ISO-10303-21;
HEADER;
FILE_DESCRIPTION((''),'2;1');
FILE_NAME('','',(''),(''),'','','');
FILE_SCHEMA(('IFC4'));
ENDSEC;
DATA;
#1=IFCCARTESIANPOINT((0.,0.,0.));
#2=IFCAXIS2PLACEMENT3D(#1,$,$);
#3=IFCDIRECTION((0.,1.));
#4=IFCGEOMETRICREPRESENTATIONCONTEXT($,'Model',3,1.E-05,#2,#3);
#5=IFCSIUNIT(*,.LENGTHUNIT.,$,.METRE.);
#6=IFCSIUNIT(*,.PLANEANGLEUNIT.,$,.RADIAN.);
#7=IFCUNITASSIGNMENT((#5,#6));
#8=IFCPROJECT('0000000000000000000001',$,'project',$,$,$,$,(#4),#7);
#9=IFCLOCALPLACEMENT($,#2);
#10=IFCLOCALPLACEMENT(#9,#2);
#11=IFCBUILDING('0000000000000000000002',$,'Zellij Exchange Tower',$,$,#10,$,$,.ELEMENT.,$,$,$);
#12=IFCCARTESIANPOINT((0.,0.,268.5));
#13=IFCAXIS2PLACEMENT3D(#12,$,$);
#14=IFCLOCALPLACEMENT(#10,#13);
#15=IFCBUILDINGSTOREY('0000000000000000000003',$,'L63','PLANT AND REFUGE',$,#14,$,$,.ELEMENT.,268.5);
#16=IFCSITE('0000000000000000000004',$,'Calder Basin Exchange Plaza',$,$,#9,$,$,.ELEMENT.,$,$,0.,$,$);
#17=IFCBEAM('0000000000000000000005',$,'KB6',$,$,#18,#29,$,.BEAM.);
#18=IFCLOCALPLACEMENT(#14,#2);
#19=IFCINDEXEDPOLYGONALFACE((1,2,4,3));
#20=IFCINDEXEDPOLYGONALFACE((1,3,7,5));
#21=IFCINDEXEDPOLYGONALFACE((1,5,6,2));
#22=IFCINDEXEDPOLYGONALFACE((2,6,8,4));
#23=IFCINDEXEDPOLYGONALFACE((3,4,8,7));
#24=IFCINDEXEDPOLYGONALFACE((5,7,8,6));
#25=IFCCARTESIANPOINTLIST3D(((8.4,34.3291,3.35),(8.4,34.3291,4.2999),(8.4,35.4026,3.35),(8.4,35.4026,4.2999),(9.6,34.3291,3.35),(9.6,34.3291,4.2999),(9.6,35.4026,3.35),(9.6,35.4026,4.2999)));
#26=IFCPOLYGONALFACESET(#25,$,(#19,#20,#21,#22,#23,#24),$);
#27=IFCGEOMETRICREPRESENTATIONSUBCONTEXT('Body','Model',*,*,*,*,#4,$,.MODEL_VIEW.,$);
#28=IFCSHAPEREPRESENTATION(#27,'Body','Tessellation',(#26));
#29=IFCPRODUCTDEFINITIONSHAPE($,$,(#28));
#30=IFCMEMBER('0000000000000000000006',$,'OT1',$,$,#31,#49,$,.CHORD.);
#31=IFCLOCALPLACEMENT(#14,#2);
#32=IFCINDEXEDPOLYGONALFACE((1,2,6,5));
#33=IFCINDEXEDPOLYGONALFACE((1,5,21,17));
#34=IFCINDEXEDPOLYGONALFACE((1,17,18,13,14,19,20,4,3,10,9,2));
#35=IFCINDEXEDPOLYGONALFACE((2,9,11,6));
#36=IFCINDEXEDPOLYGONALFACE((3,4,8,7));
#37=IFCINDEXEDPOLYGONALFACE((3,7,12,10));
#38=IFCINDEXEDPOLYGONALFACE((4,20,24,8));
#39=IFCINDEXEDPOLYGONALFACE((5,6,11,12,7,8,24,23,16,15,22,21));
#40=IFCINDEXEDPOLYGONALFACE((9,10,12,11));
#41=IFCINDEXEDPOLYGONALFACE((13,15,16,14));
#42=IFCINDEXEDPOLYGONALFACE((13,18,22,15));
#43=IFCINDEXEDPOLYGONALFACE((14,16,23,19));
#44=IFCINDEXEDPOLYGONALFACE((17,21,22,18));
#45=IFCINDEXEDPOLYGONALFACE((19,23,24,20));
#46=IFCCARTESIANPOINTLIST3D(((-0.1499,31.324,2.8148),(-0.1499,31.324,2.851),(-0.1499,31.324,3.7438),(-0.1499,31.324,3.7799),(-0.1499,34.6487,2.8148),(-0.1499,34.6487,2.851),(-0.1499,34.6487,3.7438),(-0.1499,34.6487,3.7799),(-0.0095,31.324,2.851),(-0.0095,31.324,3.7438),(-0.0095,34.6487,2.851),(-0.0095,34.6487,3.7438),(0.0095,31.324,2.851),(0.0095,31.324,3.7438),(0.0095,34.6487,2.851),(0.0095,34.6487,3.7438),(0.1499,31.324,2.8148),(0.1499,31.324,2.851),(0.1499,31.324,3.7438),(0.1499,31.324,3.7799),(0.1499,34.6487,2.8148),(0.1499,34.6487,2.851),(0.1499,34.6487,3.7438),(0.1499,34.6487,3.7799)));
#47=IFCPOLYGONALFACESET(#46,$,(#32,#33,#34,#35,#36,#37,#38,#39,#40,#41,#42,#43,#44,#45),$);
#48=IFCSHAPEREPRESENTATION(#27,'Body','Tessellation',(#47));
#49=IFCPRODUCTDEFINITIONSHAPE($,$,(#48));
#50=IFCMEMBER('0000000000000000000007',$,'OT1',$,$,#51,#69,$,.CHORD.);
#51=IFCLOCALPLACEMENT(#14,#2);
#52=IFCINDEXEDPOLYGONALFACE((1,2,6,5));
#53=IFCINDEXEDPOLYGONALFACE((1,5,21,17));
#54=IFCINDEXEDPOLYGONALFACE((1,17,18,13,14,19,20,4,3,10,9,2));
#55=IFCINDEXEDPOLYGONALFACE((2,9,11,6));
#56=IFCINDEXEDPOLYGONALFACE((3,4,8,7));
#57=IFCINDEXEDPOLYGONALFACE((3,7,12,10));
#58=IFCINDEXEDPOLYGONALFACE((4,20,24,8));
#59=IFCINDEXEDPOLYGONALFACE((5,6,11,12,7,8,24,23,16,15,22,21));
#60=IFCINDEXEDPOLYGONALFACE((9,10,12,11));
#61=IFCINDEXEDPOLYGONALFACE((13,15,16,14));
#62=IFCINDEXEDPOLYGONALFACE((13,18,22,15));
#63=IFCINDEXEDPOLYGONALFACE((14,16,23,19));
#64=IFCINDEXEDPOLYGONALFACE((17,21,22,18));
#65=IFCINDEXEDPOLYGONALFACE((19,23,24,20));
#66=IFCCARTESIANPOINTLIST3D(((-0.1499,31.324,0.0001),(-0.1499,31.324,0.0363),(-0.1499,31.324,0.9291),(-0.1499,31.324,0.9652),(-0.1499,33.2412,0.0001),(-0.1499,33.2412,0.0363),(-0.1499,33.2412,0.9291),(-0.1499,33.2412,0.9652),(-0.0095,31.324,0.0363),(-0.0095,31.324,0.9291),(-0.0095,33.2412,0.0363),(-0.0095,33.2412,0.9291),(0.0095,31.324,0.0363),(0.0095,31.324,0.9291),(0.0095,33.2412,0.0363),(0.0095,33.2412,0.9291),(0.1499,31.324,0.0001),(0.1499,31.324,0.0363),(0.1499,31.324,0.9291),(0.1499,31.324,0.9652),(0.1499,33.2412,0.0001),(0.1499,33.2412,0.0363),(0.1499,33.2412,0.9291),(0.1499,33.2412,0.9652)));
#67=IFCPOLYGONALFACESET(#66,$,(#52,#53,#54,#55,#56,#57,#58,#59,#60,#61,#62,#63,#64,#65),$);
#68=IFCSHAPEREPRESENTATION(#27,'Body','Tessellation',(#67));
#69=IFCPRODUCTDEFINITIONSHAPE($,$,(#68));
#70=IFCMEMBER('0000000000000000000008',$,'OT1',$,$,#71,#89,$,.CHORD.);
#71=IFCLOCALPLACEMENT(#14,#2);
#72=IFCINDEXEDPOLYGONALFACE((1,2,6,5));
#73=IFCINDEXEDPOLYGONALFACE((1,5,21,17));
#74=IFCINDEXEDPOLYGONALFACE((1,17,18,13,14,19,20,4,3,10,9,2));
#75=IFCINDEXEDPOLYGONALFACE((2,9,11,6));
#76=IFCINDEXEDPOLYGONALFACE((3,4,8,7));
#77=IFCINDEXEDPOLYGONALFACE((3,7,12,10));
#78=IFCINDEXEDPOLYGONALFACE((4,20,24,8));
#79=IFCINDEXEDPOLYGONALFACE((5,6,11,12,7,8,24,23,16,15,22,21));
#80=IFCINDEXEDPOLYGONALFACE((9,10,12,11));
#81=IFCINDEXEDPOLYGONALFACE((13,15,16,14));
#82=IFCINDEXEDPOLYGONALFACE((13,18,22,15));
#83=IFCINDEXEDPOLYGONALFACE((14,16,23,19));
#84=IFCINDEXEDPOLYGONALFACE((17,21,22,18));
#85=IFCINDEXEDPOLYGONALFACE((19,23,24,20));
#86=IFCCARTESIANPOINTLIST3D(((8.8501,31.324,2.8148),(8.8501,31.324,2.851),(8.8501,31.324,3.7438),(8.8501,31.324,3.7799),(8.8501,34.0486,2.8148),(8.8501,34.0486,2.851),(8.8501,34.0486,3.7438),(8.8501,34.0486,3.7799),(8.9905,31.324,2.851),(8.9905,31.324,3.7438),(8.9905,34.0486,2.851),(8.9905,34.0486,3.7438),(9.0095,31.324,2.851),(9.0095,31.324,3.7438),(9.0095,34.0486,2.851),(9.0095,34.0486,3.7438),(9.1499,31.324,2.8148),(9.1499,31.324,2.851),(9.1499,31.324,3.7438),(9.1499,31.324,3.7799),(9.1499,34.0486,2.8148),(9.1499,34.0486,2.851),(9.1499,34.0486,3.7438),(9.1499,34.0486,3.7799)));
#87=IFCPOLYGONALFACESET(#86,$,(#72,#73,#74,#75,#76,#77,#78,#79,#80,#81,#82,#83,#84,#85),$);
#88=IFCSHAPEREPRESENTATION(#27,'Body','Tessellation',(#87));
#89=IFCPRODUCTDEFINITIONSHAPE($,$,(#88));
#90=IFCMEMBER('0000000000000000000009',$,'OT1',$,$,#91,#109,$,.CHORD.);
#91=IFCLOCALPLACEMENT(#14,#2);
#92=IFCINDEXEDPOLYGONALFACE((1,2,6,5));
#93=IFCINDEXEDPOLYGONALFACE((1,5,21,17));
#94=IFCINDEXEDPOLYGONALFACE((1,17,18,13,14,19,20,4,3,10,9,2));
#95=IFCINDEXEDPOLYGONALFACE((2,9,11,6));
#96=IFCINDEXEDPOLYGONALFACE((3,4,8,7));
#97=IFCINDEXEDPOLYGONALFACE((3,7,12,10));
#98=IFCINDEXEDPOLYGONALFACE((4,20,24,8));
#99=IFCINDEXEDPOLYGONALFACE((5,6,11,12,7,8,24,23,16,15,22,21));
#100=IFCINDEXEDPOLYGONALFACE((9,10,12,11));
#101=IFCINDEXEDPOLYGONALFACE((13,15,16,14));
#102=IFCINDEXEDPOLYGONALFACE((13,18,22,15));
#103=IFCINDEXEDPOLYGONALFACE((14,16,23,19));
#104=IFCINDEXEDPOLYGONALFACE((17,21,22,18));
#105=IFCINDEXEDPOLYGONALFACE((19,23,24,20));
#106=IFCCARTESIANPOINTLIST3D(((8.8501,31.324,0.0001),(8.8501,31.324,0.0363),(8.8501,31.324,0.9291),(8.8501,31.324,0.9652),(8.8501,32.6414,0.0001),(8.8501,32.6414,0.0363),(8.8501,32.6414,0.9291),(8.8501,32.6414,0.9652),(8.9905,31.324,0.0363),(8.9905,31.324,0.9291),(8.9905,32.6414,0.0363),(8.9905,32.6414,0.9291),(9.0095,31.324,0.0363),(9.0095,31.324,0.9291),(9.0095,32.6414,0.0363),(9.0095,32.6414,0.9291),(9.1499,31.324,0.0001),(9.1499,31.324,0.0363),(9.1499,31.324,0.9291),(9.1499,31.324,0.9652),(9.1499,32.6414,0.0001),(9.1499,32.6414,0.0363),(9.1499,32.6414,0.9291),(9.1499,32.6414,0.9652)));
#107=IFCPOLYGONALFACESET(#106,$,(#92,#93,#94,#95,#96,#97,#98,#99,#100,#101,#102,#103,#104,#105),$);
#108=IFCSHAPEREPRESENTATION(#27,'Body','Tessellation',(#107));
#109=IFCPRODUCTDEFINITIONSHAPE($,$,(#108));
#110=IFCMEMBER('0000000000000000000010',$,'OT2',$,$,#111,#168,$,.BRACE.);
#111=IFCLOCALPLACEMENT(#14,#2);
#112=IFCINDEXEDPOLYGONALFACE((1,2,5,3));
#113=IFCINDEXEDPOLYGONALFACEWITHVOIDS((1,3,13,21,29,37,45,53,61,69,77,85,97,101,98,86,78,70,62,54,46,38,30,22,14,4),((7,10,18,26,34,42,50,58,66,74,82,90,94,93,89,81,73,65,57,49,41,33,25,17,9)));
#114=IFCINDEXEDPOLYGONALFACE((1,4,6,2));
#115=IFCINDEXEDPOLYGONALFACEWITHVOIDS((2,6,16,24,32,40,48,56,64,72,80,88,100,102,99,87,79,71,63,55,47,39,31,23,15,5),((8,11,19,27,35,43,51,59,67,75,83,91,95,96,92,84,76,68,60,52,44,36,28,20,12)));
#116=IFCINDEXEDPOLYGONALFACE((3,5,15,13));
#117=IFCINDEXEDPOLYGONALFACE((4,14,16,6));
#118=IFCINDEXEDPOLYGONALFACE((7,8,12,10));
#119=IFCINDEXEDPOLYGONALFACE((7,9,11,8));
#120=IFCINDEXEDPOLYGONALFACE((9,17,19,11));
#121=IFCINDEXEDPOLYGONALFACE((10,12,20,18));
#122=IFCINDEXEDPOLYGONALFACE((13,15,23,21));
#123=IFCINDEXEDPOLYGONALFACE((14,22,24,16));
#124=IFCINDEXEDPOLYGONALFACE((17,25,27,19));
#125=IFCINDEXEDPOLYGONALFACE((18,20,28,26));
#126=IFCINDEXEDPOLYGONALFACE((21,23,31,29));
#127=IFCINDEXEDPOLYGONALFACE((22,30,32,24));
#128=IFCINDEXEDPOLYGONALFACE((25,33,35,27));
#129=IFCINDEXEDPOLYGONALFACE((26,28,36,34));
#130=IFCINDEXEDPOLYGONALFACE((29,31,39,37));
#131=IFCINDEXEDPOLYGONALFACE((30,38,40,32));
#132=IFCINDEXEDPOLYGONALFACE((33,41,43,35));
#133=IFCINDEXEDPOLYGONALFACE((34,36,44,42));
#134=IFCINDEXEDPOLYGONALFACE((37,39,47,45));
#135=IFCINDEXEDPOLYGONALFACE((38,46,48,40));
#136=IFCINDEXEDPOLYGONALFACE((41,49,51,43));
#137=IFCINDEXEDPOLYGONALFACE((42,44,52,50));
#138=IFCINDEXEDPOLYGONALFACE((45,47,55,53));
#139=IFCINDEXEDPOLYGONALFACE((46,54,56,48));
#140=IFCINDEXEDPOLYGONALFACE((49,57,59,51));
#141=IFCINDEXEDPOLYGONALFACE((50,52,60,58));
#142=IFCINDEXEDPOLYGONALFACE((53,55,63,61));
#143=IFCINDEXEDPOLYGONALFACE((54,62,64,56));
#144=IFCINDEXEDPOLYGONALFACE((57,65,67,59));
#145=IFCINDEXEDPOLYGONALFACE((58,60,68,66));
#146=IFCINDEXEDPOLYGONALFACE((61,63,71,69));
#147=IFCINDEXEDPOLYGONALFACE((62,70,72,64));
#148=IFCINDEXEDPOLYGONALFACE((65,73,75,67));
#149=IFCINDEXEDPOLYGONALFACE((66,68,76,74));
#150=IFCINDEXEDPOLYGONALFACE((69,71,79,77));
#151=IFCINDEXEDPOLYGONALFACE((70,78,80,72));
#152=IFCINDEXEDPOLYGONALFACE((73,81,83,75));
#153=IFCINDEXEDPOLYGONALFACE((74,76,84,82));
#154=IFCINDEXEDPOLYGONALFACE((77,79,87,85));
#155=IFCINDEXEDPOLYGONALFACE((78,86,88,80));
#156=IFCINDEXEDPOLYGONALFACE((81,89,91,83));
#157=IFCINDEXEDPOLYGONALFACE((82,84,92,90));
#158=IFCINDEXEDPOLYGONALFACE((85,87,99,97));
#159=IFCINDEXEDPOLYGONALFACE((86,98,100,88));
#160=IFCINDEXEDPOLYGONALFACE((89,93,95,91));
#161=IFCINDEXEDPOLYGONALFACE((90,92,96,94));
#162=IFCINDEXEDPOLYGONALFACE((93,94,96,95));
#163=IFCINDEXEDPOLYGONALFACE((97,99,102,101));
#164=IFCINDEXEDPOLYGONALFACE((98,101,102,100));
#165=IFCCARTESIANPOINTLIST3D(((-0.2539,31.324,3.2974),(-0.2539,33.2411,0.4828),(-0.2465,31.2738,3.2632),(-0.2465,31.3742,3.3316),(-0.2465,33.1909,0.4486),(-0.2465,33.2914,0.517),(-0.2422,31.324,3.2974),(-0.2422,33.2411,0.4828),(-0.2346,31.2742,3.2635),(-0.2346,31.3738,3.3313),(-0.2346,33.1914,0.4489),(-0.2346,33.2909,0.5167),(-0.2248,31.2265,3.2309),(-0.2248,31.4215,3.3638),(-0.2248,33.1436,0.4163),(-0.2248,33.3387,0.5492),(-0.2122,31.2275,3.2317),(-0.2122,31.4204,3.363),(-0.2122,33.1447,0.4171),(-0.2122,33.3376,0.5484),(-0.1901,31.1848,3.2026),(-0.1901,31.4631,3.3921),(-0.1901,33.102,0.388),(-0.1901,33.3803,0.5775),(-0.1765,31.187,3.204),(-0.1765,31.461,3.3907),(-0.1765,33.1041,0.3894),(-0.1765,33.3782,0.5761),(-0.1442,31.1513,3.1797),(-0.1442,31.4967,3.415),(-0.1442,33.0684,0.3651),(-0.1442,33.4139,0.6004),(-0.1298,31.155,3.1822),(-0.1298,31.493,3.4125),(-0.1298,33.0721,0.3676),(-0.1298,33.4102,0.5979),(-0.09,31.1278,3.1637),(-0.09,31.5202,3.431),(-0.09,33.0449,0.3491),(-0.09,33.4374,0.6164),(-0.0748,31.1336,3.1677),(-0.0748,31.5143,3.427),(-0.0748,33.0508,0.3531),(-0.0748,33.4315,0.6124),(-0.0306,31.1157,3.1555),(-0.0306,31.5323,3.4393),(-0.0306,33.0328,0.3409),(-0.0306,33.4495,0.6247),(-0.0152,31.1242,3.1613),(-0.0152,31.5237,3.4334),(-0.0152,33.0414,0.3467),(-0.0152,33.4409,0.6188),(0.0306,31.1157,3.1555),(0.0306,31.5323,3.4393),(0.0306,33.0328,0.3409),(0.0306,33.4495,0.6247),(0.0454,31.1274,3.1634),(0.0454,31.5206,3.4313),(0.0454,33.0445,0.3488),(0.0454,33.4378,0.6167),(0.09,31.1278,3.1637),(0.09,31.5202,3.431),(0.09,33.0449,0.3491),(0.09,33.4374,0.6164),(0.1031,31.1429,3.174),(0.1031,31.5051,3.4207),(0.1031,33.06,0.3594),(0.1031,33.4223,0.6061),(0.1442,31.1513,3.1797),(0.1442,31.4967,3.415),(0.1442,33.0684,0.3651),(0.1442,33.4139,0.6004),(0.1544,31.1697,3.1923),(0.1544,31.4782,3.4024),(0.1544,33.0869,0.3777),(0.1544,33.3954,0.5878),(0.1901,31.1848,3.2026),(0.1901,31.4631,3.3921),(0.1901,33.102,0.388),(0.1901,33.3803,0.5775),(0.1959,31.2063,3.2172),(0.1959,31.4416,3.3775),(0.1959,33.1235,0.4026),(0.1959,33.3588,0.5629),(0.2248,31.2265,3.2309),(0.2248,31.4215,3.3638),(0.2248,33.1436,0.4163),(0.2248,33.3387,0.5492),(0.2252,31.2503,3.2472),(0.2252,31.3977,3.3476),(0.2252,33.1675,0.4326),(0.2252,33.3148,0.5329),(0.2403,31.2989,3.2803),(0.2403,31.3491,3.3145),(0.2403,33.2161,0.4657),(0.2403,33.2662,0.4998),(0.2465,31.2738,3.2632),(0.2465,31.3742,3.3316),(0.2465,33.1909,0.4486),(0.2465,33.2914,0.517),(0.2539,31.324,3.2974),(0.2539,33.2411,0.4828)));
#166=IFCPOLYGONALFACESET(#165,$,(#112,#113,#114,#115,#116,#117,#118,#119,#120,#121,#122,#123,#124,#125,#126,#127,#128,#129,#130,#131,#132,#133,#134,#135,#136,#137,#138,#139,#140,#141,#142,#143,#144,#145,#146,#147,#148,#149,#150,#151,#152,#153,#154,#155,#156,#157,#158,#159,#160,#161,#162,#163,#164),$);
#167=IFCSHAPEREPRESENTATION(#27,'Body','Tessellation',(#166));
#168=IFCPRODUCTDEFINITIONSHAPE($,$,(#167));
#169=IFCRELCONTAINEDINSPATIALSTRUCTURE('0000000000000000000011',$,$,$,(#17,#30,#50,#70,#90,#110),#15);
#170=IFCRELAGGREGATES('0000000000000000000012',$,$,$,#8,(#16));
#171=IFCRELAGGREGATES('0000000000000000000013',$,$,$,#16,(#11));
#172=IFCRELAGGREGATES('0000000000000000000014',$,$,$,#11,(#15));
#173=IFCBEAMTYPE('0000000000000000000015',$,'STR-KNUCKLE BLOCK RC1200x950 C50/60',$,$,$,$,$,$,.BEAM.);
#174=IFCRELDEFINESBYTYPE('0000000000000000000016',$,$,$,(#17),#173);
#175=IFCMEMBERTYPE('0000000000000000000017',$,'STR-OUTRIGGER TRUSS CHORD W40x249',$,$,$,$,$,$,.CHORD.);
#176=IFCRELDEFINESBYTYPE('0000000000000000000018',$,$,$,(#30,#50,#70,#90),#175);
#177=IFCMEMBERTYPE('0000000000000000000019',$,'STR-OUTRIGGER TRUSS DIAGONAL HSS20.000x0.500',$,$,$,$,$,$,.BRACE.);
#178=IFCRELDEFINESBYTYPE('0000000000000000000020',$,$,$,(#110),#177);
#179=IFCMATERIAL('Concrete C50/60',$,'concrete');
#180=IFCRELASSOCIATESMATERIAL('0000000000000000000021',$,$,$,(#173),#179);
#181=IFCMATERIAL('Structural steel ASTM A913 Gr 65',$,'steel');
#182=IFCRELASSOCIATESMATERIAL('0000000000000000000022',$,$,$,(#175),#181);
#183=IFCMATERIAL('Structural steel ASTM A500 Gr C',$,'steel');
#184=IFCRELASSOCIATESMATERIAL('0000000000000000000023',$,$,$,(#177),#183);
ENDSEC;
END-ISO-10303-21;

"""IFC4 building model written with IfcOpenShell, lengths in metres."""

from ifc_helpers import new_model, si_unit, direction, frame, origin, origin_2d, place, context, subcontext, project, spatial, rectangle, hollow_circle, i_section, extrude, material, material_profile, profile_set, type_object, element, save


model = new_model("IFC4")

# Units and contexts
model_context = context("Model", 3, precision=1e-05, world=origin(), true_north=direction((0.0, 1.0)))
body_context = subcontext(model_context, "Body", "Model", "MODEL_VIEW")
ifc_project = project(units=[si_unit("LENGTHUNIT", "METRE"), si_unit("PLANEANGLEUNIT", "RADIAN")], contexts=[model_context])

# Site, building, storey
site_placement = place(None, origin())
site = spatial("IfcSite", under=ifc_project, at=site_placement, Name="Calder Basin Exchange Plaza", CompositionType="ELEMENT", RefElevation=0.0)
building_placement = place(site_placement, origin())
building = spatial("IfcBuilding", under=site, at=building_placement, Name="Zellij Exchange Tower", CompositionType="ELEMENT")
storey_placement = place(building_placement, frame((0.0, 0.0, 268.5)))
storey = spatial("IfcBuildingStorey", under=building, at=storey_placement, Name="L63", Description="PLANT AND REFUGE", CompositionType="ELEMENT", Elevation=268.5)

# Shared definitions
ifc_material_1 = material(Name="Concrete C50/60", Category="concrete")

# Shared definitions
ifc_material_2 = material(Name="Structural steel ASTM A500 Gr C", Category="steel")

# Beam
ifc_material_profile_1 = material_profile(ifc_material_1, rectangle(XDim=1.2, YDim=0.95, at=origin_2d()), Name="STR-KNUCKLE BLOCK RC1200x950 C50/60")
ifc_profile_set_1 = profile_set([ifc_material_profile_1], Name="Concrete C50/60")
beam_type = type_object("IfcBeamType", Name="STR-KNUCKLE BLOCK RC1200x950 C50/60", PredefinedType="BEAM", material=ifc_profile_set_1)
beam_placement = place(storey_placement, frame((9.0, 34.3291, 3.825), z_axis=(0.0, 1.0, 0.0), x_axis=(-1.0, 0.0, 0.0)))
element("IfcBeam", 1, at=beam_placement, inside=storey, type_object=beam_type, Name="KB6", PredefinedType="BEAM", context=body_context, shape_type="SweptSolid", body=[
    extrude(rectangle(XDim=1.2, YDim=0.95, at=origin_2d()), origin(), (0.0, 0.0, 1.0), 1.0735),
])

# Members
ifc_material_3 = material(Name="Structural steel ASTM A913 Gr 65", Category="steel")
ifc_material_profile_2 = material_profile(ifc_material_3, i_section(OverallWidth=0.2998, OverallDepth=0.9651, WebThickness=0.019, FlangeThickness=0.0361, at=origin_2d()), Name="W40x249")
ifc_profile_set_2 = profile_set([ifc_material_profile_2], Name="Structural steel ASTM A913 Gr 65")
member_type_1 = type_object("IfcMemberType", Name="STR-OUTRIGGER TRUSS CHORD W40x249", PredefinedType="CHORD", material=ifc_profile_set_2)
member_1_placement = place(storey_placement, frame((0.0, 31.324, 3.2974), z_axis=(0.0, 1.0, 0.0), x_axis=(-1.0, 0.0, 0.0)))
element("IfcMember", 2, at=member_1_placement, inside=storey, type_object=member_type_1, Name="OT1", PredefinedType="CHORD", context=body_context, shape_type="SweptSolid", body=[
    extrude(i_section(OverallWidth=0.2998, OverallDepth=0.9651, WebThickness=0.019, FlangeThickness=0.0361, at=origin_2d()), origin(), (0.0, 0.0, 1.0), 3.3247),
])
member_2_placement = place(storey_placement, frame((0.0, 31.324, 0.4827), z_axis=(0.0, 1.0, 0.0), x_axis=(-1.0, 0.0, 0.0)))
element("IfcMember", 3, at=member_2_placement, inside=storey, type_object=member_type_1, Name="OT1", PredefinedType="CHORD", context=body_context, shape_type="SweptSolid", body=[
    extrude(i_section(OverallWidth=0.2998, OverallDepth=0.9651, WebThickness=0.019, FlangeThickness=0.0361, at=origin_2d()), origin(), (0.0, 0.0, 1.0), 1.9172),
])
member_3_placement = place(storey_placement, frame((9.0, 31.324, 3.2974), z_axis=(0.0, 1.0, 0.0), x_axis=(-1.0, 0.0, 0.0)))
element("IfcMember", 4, at=member_3_placement, inside=storey, type_object=member_type_1, Name="OT1", PredefinedType="CHORD", context=body_context, shape_type="SweptSolid", body=[
    extrude(i_section(OverallWidth=0.2998, OverallDepth=0.9651, WebThickness=0.019, FlangeThickness=0.0361, at=origin_2d()), origin(), (0.0, 0.0, 1.0), 2.7246),
])
member_4_placement = place(storey_placement, frame((9.0, 31.324, 0.4827), z_axis=(0.0, 1.0, 0.0), x_axis=(-1.0, 0.0, 0.0)))
element("IfcMember", 5, at=member_4_placement, inside=storey, type_object=member_type_1, Name="OT1", PredefinedType="CHORD", context=body_context, shape_type="SweptSolid", body=[
    extrude(i_section(OverallWidth=0.2998, OverallDepth=0.9651, WebThickness=0.019, FlangeThickness=0.0361, at=origin_2d()), origin(), (0.0, 0.0, 1.0), 1.3174),
])
ifc_material_profile_3 = material_profile(ifc_material_2, hollow_circle(Radius=0.2539, WallThickness=0.0117, at=origin_2d()), Name="STR-OUTRIGGER TRUSS DIAGONAL HSS20.000x0.500")
ifc_profile_set_3 = profile_set([ifc_material_profile_3], Name="Structural steel ASTM A500 Gr C")
member_type_2 = type_object("IfcMemberType", Name="STR-OUTRIGGER TRUSS DIAGONAL HSS20.000x0.500", PredefinedType="BRACE", material=ifc_profile_set_3)
for number, where, z_axis, x_axis, name in (
    (6, (0.0, 31.324, 3.2974), (0.0, 0.562961, -0.826484), (-1.0, 0.0, 0.0), "OT2"),
):
    element("IfcMember", number, at=place(storey_placement, frame(where, z_axis=z_axis, x_axis=x_axis)), inside=storey, type_object=member_type_2, Name=name, PredefinedType="BRACE", context=body_context, shape_type="SweptSolid", body=[
        extrude(hollow_circle(Radius=0.2539, WallThickness=0.0117, at=origin_2d()), origin(), (0.0, 0.0, 1.0), 3.4055),
    ])

save(model, "model.ifc")
